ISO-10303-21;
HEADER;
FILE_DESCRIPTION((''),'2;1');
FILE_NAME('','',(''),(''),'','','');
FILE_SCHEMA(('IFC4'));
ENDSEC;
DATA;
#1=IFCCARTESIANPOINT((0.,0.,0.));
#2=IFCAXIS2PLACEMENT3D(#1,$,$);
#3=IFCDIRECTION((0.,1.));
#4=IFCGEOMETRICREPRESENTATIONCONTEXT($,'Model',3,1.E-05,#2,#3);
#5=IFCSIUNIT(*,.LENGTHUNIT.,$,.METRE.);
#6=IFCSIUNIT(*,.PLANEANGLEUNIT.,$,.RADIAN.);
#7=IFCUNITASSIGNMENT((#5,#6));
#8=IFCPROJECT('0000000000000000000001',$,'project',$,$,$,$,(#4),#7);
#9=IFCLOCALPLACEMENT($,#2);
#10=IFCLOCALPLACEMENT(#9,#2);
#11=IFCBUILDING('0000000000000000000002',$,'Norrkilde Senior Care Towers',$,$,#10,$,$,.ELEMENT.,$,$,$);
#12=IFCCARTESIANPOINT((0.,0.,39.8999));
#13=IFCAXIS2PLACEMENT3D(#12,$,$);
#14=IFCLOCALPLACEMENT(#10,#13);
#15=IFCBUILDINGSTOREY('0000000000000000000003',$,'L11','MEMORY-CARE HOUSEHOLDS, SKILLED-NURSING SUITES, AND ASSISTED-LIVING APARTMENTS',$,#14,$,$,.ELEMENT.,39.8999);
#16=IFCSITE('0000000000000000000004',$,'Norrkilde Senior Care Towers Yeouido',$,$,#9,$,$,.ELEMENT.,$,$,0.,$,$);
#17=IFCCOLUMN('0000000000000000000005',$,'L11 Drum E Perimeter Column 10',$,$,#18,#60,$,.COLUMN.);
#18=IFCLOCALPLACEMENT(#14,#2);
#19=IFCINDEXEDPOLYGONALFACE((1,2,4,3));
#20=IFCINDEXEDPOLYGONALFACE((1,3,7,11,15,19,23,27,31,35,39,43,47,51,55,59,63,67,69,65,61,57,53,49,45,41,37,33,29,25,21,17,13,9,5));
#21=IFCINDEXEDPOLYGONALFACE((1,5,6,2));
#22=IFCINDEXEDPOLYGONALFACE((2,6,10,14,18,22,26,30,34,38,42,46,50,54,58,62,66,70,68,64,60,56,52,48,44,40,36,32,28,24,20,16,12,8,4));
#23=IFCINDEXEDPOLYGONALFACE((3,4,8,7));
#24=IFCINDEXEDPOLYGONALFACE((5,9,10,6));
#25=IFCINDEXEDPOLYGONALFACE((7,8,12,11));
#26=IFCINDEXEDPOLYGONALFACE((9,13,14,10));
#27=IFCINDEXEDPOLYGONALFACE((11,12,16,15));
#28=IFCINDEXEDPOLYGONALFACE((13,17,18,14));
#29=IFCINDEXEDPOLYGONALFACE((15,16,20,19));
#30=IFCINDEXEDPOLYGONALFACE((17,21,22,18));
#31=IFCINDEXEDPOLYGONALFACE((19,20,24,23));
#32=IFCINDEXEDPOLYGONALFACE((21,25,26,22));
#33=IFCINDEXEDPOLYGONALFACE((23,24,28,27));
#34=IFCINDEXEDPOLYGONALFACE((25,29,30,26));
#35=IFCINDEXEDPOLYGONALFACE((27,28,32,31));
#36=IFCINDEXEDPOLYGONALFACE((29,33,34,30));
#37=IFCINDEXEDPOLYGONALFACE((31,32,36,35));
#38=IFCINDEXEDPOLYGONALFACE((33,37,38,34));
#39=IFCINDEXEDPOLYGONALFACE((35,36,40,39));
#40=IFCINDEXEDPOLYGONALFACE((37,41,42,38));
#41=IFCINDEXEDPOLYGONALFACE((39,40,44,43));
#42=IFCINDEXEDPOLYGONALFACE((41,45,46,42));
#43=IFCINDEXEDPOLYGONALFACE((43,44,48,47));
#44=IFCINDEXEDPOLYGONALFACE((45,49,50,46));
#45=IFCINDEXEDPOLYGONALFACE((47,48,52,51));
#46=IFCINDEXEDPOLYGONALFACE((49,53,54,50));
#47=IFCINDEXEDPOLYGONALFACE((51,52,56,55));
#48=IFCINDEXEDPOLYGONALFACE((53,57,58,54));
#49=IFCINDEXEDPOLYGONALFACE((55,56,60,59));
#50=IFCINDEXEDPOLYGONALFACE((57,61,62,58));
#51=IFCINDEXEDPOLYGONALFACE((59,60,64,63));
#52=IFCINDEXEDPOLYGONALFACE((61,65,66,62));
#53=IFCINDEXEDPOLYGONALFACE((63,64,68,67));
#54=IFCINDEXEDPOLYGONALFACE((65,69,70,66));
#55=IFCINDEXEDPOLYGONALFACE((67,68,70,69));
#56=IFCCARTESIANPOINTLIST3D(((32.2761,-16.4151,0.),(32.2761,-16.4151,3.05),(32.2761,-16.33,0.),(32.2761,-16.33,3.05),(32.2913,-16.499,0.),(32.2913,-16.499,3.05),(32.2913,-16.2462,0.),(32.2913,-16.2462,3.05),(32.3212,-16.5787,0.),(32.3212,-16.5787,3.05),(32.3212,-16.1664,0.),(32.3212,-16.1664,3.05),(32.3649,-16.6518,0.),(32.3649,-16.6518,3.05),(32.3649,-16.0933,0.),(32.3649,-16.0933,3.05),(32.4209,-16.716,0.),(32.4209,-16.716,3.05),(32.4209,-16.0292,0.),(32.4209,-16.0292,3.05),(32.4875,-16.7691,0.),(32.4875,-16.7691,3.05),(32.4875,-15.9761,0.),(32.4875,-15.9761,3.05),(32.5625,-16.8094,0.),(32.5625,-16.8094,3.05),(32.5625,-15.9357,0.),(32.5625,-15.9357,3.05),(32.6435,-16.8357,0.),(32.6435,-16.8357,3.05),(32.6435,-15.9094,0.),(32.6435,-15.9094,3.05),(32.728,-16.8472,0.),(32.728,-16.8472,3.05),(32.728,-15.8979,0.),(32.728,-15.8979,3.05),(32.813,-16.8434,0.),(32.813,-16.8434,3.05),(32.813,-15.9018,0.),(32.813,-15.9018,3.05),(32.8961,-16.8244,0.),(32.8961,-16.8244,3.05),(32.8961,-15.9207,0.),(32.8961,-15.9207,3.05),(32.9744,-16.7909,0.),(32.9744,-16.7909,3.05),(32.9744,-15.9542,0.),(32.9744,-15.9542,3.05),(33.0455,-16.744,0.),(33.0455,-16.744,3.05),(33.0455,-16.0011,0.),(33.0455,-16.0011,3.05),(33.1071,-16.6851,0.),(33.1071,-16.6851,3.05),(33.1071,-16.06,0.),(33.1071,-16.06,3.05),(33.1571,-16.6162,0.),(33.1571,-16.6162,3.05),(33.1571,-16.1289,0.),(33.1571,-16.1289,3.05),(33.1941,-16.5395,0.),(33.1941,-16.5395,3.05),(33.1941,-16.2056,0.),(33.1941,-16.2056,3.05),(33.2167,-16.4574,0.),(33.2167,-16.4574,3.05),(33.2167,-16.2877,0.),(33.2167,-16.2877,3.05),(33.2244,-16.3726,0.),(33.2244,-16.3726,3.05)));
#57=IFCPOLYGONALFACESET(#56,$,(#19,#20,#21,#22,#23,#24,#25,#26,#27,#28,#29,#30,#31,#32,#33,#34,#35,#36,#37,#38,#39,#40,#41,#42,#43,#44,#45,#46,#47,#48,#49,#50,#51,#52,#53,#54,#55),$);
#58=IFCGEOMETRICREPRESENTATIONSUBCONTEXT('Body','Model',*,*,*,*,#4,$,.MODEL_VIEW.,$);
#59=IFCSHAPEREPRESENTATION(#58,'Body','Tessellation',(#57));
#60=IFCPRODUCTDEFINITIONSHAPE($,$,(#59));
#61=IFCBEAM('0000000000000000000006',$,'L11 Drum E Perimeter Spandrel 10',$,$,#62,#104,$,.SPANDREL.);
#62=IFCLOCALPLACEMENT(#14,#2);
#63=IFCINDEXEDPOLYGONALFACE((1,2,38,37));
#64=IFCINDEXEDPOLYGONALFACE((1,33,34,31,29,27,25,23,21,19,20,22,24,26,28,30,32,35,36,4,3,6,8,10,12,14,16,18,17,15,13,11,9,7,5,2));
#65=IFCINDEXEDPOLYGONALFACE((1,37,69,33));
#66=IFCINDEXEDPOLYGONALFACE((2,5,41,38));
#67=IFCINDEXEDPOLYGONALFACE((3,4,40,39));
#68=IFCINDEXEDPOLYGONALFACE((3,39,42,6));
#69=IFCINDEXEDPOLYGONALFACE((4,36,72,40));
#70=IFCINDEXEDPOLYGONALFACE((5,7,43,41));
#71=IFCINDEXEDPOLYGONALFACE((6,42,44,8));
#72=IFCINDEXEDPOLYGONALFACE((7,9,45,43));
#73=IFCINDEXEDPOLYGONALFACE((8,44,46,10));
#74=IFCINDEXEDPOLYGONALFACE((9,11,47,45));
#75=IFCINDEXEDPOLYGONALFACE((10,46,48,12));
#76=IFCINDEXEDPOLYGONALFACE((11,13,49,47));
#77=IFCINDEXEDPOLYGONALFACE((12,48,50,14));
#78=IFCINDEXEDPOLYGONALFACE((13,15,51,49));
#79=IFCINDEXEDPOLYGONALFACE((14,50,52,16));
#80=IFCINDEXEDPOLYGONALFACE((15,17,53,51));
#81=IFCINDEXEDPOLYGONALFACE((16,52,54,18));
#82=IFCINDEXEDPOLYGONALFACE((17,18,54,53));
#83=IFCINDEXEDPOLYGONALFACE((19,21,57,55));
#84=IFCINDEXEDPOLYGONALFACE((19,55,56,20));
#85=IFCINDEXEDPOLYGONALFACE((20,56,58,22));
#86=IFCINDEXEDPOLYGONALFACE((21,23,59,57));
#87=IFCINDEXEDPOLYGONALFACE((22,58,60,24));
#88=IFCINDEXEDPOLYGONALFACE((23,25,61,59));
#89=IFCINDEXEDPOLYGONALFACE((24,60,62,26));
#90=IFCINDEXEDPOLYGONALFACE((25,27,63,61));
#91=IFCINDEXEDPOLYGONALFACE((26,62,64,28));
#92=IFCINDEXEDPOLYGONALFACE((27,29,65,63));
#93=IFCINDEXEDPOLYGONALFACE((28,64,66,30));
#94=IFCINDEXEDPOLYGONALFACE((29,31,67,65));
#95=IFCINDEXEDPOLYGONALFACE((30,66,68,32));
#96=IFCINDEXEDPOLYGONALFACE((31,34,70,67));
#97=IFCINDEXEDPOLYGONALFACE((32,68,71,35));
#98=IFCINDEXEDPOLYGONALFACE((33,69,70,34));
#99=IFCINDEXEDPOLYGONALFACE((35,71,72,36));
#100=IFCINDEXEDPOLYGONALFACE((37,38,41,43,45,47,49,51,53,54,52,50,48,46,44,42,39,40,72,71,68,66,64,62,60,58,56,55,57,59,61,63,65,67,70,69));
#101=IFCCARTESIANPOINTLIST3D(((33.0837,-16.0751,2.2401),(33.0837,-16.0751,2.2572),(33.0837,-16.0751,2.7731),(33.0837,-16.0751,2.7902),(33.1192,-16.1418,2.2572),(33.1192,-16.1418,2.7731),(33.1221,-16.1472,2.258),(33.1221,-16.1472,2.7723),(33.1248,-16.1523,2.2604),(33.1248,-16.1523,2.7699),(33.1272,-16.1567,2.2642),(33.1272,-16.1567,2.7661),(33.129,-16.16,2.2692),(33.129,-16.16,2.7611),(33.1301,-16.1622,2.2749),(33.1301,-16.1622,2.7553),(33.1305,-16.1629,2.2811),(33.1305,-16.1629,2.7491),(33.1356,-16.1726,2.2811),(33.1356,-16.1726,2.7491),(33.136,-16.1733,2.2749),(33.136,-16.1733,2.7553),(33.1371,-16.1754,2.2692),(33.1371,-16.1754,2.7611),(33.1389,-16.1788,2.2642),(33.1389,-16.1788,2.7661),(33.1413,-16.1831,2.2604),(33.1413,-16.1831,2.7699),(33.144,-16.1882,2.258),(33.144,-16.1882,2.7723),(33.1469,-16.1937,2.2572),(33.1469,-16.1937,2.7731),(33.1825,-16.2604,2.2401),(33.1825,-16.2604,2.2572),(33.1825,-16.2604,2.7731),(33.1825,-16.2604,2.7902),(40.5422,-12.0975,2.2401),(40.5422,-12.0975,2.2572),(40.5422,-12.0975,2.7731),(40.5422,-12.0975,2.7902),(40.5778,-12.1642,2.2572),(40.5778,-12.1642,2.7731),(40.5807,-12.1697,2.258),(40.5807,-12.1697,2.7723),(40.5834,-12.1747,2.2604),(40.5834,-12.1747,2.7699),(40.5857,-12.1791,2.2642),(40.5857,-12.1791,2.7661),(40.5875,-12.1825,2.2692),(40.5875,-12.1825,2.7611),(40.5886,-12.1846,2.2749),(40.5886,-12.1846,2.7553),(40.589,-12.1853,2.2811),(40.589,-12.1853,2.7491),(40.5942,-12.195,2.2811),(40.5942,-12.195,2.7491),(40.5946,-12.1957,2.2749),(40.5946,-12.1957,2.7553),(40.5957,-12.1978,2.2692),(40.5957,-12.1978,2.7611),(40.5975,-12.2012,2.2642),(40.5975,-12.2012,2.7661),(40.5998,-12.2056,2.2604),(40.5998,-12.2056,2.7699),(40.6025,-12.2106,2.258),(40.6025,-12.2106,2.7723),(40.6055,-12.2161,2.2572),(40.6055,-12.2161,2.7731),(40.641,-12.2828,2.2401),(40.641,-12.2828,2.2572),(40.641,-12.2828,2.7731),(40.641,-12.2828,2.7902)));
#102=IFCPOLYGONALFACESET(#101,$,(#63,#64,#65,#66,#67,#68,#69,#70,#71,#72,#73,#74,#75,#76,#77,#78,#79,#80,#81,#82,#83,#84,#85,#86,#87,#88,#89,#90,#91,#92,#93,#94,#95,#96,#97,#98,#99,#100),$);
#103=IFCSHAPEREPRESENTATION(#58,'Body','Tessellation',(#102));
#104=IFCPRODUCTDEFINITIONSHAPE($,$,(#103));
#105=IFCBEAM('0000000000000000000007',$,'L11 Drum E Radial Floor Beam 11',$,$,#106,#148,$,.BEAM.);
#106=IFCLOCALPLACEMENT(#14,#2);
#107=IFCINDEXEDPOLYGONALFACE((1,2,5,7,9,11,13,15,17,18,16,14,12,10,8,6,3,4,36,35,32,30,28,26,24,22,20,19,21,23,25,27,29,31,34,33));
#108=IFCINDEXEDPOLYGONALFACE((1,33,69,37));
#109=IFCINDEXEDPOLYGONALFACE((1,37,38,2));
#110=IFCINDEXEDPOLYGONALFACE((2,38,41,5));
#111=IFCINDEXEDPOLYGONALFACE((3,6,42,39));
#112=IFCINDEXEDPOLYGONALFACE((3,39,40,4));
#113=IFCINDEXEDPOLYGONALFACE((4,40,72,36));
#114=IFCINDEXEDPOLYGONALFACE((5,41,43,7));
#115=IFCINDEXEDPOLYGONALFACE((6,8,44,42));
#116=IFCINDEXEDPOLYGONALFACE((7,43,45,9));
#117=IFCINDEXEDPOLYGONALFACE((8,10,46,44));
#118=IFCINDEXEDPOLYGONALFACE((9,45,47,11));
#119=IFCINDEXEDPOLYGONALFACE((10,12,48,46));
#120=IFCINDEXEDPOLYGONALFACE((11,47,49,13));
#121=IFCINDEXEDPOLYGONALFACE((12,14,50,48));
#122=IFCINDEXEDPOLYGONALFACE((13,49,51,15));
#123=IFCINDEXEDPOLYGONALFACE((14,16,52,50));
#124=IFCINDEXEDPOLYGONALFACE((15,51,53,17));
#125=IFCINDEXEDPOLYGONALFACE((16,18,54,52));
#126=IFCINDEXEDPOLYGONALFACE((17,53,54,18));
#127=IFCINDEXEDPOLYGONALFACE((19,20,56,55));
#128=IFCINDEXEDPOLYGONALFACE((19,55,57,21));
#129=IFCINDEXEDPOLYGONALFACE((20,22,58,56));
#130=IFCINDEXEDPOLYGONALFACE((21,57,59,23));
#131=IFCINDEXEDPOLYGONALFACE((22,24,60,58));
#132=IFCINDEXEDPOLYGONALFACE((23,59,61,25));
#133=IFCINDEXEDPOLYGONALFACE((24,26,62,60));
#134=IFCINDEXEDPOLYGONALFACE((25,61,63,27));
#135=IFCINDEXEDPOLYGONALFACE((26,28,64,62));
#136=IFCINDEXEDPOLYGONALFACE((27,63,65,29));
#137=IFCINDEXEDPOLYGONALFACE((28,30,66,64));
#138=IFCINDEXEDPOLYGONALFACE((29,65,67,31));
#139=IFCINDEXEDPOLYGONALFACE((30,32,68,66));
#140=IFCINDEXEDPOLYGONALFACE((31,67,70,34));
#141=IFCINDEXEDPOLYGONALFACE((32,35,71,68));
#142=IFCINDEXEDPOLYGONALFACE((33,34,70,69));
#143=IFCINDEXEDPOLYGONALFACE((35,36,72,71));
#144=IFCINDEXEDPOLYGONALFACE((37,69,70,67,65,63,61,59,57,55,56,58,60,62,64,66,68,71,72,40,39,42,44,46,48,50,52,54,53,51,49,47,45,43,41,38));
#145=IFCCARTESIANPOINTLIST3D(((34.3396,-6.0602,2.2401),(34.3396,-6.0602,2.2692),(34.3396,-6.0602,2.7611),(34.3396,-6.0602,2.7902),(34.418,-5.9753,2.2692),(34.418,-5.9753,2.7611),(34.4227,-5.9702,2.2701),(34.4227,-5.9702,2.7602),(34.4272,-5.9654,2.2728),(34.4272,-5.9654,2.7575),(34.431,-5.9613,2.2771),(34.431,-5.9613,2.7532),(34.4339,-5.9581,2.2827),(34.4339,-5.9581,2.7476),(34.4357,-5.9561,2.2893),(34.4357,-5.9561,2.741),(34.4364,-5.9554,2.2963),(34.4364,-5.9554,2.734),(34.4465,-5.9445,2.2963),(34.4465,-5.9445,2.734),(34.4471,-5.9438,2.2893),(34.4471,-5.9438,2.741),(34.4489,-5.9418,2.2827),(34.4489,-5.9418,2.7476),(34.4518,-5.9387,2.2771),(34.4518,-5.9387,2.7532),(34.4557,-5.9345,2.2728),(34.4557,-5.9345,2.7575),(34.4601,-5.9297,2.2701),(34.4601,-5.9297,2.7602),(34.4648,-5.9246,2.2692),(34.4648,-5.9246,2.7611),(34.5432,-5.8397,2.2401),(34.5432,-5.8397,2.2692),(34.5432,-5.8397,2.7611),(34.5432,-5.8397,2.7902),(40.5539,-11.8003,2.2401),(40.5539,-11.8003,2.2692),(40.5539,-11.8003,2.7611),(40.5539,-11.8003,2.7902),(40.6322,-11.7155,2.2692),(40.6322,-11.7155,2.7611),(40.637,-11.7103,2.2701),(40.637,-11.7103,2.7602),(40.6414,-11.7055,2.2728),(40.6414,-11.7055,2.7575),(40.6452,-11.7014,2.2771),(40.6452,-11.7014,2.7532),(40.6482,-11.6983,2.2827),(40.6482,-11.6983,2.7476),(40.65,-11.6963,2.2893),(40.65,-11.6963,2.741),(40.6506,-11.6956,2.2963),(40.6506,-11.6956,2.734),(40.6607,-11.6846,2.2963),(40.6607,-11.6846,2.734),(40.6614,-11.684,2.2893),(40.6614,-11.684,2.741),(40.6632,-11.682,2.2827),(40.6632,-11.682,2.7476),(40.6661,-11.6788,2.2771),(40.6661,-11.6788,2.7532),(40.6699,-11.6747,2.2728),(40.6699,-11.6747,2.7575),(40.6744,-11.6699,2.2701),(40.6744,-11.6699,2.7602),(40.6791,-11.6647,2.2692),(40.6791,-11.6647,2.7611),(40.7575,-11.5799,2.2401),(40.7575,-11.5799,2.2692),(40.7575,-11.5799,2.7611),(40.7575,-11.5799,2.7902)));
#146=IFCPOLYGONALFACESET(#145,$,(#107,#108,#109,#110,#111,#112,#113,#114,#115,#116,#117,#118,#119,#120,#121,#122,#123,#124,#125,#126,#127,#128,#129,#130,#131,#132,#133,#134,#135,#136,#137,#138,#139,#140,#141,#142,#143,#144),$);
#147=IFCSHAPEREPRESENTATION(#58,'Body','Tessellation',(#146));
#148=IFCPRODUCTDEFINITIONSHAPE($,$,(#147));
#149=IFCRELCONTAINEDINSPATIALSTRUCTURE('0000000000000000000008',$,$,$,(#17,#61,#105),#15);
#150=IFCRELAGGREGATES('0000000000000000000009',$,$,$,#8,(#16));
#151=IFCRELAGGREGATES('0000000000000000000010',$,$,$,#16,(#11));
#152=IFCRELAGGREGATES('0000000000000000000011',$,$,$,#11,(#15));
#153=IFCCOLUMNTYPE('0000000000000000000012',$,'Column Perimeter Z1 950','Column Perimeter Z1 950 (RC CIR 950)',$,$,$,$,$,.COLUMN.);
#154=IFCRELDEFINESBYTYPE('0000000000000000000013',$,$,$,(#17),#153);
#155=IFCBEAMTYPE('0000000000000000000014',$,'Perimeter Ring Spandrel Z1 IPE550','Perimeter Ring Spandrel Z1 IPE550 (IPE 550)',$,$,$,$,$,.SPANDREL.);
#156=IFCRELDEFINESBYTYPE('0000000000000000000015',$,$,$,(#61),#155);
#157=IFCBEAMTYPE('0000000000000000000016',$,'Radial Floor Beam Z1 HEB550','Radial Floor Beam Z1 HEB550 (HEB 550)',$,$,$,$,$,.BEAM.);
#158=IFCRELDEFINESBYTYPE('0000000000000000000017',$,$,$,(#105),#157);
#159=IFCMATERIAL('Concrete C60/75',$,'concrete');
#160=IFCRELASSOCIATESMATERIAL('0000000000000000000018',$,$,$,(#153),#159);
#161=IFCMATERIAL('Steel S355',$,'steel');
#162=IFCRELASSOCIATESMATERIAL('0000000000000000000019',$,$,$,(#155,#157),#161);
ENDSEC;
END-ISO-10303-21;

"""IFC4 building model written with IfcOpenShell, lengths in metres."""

from ifc_helpers import new_model, si_unit, direction, frame, origin, origin_2d, place, context, subcontext, project, spatial, circle, i_section, extrude, source, transform, mapped, material, material_profile, profile_set, type_object, type_shapes, element, save


model = new_model("IFC4")

# Units and contexts
model_context = context("Model", 3, precision=1e-05, world=origin(), true_north=direction((0.0, 1.0)))
body_context = subcontext(model_context, "Body", "Model", "MODEL_VIEW")
ifc_project = project(units=[si_unit("LENGTHUNIT", "METRE"), si_unit("PLANEANGLEUNIT", "RADIAN")], contexts=[model_context])

# Site, building, storey
site_placement = place(None, origin())
site = spatial("IfcSite", under=ifc_project, at=site_placement, Name="Norrkilde Senior Care Towers Yeouido", CompositionType="ELEMENT", RefElevation=0.0)
building_placement = place(site_placement, origin())
building = spatial("IfcBuilding", under=site, at=building_placement, Name="Norrkilde Senior Care Towers", CompositionType="ELEMENT")
storey_placement = place(building_placement, frame((0.0, 0.0, 39.8999)))
storey = spatial("IfcBuildingStorey", under=building, at=storey_placement, Name="L11", Description="MEMORY-CARE HOUSEHOLDS, SKILLED-NURSING SUITES, AND ASSISTED-LIVING APARTMENTS", CompositionType="ELEMENT", Elevation=39.8999)

# Column
ifc_material_1 = material(Name="Concrete C60/75", Category="concrete")
ifc_material_profile_1 = material_profile(ifc_material_1, circle(Radius=0.4751, at=origin_2d()), Name="RC CIR 950")
ifc_profile_set_1 = profile_set([ifc_material_profile_1], Name="Concrete C60/75")
column_type = type_object("IfcColumnType", Name="Column Perimeter Z1 950", Description="Column Perimeter Z1 950 (RC CIR 950)", PredefinedType="COLUMN", material=ifc_profile_set_1)
shared_shape_1 = source(origin(), body_context, "Body", "SweptSolid", [
    extrude(circle(Radius=0.4751, at=origin_2d()), origin(), (0.0, 0.0, 1.0), 3.05),
])
type_shapes(column_type, [shared_shape_1])
column_placement = place(storey_placement, frame((32.7493, -16.3726, 0.0), z_axis=(0.0, 0.0, 1.0), x_axis=(1.0, 0.0, 0.0)))
element("IfcColumn", 1, at=column_placement, inside=storey, type_object=column_type, Name="L11 Drum E Perimeter Column 10", PredefinedType="COLUMN", context=body_context, shape_type="MappedRepresentation", body=[
    mapped(shared_shape_1, transform((0.0, 0.0, 0.0), x_axis=(1.0, 0.0, 0.0), y_axis=(0.0, 1.0, 0.0), z_axis=(0.0, 0.0, 1.0), scale=1.0)),
])

# Beams
ifc_material_2 = material(Name="Steel S355", Category="steel")
ifc_material_profile_2 = material_profile(ifc_material_2, i_section(OverallWidth=0.21, OverallDepth=0.55, WebThickness=0.011, FlangeThickness=0.0171, FilletRadius=0.0239, at=origin_2d()), Name="IPE 550")
ifc_profile_set_2 = profile_set([ifc_material_profile_2], Name="Steel S355")
beam_type_1 = type_object("IfcBeamType", Name="Perimeter Ring Spandrel Z1 IPE550", Description="Perimeter Ring Spandrel Z1 IPE550 (IPE 550)", PredefinedType="SPANDREL", material=ifc_profile_set_2)
shared_shape_2 = source(origin(), body_context, "Body", "SweptSolid", [
    extrude(i_section(OverallWidth=0.21, OverallDepth=0.55, WebThickness=0.011, FlangeThickness=0.0171, FilletRadius=0.0239, at=origin_2d()), origin(), (0.0, 0.0, 1.0), 8.4529),
])
type_shapes(beam_type_1, [shared_shape_2])
beam_1_placement = place(storey_placement, frame((33.1331, -16.1677, 2.5151), z_axis=(0.882369, 0.470558, 0.0), x_axis=(-0.470558, 0.882369, 0.0)))
element("IfcBeam", 2, at=beam_1_placement, inside=storey, type_object=beam_type_1, Name="L11 Drum E Perimeter Spandrel 10", PredefinedType="SPANDREL", context=body_context, shape_type="MappedRepresentation", body=[
    mapped(shared_shape_2, transform((0.0, 0.0, 0.0), x_axis=(1.0, 0.0, 0.0), y_axis=(0.0, 1.0, 0.0), z_axis=(0.0, 0.0, 1.0), scale=1.0)),
])
ifc_material_profile_3 = material_profile(ifc_material_2, i_section(OverallWidth=0.3, OverallDepth=0.55, WebThickness=0.0149, FlangeThickness=0.0291, FilletRadius=0.0271, at=origin_2d()), Name="HEB 550")
ifc_profile_set_3 = profile_set([ifc_material_profile_3], Name="Steel S355")
beam_type_2 = type_object("IfcBeamType", Name="Radial Floor Beam Z1 HEB550", Description="Radial Floor Beam Z1 HEB550 (HEB 550)", PredefinedType="BEAM", material=ifc_profile_set_3)
shared_shape_3 = source(origin(), body_context, "Body", "SweptSolid", [
    extrude(i_section(OverallWidth=0.3, OverallDepth=0.55, WebThickness=0.0149, FlangeThickness=0.0291, FilletRadius=0.0271, at=origin_2d()), origin(), (0.0, 0.0, 1.0), 8.4597),
])
beam_2_placement = place(storey_placement, frame((34.4414, -5.95, 2.5151), z_axis=(0.734573, -0.678529, 0.0), x_axis=(0.678529, 0.734573, 0.0)))
element("IfcBeam", 3, at=beam_2_placement, inside=storey, type_object=beam_type_2, Name="L11 Drum E Radial Floor Beam 11", PredefinedType="BEAM", context=body_context, shape_type="MappedRepresentation", body=[
    mapped(shared_shape_3, transform((0.0, 0.0, 0.0), x_axis=(1.0, 0.0, 0.0), y_axis=(0.0, 1.0, 0.0), z_axis=(0.0, 0.0, 1.0), scale=1.0)),
])

save(model, "model.ifc")
